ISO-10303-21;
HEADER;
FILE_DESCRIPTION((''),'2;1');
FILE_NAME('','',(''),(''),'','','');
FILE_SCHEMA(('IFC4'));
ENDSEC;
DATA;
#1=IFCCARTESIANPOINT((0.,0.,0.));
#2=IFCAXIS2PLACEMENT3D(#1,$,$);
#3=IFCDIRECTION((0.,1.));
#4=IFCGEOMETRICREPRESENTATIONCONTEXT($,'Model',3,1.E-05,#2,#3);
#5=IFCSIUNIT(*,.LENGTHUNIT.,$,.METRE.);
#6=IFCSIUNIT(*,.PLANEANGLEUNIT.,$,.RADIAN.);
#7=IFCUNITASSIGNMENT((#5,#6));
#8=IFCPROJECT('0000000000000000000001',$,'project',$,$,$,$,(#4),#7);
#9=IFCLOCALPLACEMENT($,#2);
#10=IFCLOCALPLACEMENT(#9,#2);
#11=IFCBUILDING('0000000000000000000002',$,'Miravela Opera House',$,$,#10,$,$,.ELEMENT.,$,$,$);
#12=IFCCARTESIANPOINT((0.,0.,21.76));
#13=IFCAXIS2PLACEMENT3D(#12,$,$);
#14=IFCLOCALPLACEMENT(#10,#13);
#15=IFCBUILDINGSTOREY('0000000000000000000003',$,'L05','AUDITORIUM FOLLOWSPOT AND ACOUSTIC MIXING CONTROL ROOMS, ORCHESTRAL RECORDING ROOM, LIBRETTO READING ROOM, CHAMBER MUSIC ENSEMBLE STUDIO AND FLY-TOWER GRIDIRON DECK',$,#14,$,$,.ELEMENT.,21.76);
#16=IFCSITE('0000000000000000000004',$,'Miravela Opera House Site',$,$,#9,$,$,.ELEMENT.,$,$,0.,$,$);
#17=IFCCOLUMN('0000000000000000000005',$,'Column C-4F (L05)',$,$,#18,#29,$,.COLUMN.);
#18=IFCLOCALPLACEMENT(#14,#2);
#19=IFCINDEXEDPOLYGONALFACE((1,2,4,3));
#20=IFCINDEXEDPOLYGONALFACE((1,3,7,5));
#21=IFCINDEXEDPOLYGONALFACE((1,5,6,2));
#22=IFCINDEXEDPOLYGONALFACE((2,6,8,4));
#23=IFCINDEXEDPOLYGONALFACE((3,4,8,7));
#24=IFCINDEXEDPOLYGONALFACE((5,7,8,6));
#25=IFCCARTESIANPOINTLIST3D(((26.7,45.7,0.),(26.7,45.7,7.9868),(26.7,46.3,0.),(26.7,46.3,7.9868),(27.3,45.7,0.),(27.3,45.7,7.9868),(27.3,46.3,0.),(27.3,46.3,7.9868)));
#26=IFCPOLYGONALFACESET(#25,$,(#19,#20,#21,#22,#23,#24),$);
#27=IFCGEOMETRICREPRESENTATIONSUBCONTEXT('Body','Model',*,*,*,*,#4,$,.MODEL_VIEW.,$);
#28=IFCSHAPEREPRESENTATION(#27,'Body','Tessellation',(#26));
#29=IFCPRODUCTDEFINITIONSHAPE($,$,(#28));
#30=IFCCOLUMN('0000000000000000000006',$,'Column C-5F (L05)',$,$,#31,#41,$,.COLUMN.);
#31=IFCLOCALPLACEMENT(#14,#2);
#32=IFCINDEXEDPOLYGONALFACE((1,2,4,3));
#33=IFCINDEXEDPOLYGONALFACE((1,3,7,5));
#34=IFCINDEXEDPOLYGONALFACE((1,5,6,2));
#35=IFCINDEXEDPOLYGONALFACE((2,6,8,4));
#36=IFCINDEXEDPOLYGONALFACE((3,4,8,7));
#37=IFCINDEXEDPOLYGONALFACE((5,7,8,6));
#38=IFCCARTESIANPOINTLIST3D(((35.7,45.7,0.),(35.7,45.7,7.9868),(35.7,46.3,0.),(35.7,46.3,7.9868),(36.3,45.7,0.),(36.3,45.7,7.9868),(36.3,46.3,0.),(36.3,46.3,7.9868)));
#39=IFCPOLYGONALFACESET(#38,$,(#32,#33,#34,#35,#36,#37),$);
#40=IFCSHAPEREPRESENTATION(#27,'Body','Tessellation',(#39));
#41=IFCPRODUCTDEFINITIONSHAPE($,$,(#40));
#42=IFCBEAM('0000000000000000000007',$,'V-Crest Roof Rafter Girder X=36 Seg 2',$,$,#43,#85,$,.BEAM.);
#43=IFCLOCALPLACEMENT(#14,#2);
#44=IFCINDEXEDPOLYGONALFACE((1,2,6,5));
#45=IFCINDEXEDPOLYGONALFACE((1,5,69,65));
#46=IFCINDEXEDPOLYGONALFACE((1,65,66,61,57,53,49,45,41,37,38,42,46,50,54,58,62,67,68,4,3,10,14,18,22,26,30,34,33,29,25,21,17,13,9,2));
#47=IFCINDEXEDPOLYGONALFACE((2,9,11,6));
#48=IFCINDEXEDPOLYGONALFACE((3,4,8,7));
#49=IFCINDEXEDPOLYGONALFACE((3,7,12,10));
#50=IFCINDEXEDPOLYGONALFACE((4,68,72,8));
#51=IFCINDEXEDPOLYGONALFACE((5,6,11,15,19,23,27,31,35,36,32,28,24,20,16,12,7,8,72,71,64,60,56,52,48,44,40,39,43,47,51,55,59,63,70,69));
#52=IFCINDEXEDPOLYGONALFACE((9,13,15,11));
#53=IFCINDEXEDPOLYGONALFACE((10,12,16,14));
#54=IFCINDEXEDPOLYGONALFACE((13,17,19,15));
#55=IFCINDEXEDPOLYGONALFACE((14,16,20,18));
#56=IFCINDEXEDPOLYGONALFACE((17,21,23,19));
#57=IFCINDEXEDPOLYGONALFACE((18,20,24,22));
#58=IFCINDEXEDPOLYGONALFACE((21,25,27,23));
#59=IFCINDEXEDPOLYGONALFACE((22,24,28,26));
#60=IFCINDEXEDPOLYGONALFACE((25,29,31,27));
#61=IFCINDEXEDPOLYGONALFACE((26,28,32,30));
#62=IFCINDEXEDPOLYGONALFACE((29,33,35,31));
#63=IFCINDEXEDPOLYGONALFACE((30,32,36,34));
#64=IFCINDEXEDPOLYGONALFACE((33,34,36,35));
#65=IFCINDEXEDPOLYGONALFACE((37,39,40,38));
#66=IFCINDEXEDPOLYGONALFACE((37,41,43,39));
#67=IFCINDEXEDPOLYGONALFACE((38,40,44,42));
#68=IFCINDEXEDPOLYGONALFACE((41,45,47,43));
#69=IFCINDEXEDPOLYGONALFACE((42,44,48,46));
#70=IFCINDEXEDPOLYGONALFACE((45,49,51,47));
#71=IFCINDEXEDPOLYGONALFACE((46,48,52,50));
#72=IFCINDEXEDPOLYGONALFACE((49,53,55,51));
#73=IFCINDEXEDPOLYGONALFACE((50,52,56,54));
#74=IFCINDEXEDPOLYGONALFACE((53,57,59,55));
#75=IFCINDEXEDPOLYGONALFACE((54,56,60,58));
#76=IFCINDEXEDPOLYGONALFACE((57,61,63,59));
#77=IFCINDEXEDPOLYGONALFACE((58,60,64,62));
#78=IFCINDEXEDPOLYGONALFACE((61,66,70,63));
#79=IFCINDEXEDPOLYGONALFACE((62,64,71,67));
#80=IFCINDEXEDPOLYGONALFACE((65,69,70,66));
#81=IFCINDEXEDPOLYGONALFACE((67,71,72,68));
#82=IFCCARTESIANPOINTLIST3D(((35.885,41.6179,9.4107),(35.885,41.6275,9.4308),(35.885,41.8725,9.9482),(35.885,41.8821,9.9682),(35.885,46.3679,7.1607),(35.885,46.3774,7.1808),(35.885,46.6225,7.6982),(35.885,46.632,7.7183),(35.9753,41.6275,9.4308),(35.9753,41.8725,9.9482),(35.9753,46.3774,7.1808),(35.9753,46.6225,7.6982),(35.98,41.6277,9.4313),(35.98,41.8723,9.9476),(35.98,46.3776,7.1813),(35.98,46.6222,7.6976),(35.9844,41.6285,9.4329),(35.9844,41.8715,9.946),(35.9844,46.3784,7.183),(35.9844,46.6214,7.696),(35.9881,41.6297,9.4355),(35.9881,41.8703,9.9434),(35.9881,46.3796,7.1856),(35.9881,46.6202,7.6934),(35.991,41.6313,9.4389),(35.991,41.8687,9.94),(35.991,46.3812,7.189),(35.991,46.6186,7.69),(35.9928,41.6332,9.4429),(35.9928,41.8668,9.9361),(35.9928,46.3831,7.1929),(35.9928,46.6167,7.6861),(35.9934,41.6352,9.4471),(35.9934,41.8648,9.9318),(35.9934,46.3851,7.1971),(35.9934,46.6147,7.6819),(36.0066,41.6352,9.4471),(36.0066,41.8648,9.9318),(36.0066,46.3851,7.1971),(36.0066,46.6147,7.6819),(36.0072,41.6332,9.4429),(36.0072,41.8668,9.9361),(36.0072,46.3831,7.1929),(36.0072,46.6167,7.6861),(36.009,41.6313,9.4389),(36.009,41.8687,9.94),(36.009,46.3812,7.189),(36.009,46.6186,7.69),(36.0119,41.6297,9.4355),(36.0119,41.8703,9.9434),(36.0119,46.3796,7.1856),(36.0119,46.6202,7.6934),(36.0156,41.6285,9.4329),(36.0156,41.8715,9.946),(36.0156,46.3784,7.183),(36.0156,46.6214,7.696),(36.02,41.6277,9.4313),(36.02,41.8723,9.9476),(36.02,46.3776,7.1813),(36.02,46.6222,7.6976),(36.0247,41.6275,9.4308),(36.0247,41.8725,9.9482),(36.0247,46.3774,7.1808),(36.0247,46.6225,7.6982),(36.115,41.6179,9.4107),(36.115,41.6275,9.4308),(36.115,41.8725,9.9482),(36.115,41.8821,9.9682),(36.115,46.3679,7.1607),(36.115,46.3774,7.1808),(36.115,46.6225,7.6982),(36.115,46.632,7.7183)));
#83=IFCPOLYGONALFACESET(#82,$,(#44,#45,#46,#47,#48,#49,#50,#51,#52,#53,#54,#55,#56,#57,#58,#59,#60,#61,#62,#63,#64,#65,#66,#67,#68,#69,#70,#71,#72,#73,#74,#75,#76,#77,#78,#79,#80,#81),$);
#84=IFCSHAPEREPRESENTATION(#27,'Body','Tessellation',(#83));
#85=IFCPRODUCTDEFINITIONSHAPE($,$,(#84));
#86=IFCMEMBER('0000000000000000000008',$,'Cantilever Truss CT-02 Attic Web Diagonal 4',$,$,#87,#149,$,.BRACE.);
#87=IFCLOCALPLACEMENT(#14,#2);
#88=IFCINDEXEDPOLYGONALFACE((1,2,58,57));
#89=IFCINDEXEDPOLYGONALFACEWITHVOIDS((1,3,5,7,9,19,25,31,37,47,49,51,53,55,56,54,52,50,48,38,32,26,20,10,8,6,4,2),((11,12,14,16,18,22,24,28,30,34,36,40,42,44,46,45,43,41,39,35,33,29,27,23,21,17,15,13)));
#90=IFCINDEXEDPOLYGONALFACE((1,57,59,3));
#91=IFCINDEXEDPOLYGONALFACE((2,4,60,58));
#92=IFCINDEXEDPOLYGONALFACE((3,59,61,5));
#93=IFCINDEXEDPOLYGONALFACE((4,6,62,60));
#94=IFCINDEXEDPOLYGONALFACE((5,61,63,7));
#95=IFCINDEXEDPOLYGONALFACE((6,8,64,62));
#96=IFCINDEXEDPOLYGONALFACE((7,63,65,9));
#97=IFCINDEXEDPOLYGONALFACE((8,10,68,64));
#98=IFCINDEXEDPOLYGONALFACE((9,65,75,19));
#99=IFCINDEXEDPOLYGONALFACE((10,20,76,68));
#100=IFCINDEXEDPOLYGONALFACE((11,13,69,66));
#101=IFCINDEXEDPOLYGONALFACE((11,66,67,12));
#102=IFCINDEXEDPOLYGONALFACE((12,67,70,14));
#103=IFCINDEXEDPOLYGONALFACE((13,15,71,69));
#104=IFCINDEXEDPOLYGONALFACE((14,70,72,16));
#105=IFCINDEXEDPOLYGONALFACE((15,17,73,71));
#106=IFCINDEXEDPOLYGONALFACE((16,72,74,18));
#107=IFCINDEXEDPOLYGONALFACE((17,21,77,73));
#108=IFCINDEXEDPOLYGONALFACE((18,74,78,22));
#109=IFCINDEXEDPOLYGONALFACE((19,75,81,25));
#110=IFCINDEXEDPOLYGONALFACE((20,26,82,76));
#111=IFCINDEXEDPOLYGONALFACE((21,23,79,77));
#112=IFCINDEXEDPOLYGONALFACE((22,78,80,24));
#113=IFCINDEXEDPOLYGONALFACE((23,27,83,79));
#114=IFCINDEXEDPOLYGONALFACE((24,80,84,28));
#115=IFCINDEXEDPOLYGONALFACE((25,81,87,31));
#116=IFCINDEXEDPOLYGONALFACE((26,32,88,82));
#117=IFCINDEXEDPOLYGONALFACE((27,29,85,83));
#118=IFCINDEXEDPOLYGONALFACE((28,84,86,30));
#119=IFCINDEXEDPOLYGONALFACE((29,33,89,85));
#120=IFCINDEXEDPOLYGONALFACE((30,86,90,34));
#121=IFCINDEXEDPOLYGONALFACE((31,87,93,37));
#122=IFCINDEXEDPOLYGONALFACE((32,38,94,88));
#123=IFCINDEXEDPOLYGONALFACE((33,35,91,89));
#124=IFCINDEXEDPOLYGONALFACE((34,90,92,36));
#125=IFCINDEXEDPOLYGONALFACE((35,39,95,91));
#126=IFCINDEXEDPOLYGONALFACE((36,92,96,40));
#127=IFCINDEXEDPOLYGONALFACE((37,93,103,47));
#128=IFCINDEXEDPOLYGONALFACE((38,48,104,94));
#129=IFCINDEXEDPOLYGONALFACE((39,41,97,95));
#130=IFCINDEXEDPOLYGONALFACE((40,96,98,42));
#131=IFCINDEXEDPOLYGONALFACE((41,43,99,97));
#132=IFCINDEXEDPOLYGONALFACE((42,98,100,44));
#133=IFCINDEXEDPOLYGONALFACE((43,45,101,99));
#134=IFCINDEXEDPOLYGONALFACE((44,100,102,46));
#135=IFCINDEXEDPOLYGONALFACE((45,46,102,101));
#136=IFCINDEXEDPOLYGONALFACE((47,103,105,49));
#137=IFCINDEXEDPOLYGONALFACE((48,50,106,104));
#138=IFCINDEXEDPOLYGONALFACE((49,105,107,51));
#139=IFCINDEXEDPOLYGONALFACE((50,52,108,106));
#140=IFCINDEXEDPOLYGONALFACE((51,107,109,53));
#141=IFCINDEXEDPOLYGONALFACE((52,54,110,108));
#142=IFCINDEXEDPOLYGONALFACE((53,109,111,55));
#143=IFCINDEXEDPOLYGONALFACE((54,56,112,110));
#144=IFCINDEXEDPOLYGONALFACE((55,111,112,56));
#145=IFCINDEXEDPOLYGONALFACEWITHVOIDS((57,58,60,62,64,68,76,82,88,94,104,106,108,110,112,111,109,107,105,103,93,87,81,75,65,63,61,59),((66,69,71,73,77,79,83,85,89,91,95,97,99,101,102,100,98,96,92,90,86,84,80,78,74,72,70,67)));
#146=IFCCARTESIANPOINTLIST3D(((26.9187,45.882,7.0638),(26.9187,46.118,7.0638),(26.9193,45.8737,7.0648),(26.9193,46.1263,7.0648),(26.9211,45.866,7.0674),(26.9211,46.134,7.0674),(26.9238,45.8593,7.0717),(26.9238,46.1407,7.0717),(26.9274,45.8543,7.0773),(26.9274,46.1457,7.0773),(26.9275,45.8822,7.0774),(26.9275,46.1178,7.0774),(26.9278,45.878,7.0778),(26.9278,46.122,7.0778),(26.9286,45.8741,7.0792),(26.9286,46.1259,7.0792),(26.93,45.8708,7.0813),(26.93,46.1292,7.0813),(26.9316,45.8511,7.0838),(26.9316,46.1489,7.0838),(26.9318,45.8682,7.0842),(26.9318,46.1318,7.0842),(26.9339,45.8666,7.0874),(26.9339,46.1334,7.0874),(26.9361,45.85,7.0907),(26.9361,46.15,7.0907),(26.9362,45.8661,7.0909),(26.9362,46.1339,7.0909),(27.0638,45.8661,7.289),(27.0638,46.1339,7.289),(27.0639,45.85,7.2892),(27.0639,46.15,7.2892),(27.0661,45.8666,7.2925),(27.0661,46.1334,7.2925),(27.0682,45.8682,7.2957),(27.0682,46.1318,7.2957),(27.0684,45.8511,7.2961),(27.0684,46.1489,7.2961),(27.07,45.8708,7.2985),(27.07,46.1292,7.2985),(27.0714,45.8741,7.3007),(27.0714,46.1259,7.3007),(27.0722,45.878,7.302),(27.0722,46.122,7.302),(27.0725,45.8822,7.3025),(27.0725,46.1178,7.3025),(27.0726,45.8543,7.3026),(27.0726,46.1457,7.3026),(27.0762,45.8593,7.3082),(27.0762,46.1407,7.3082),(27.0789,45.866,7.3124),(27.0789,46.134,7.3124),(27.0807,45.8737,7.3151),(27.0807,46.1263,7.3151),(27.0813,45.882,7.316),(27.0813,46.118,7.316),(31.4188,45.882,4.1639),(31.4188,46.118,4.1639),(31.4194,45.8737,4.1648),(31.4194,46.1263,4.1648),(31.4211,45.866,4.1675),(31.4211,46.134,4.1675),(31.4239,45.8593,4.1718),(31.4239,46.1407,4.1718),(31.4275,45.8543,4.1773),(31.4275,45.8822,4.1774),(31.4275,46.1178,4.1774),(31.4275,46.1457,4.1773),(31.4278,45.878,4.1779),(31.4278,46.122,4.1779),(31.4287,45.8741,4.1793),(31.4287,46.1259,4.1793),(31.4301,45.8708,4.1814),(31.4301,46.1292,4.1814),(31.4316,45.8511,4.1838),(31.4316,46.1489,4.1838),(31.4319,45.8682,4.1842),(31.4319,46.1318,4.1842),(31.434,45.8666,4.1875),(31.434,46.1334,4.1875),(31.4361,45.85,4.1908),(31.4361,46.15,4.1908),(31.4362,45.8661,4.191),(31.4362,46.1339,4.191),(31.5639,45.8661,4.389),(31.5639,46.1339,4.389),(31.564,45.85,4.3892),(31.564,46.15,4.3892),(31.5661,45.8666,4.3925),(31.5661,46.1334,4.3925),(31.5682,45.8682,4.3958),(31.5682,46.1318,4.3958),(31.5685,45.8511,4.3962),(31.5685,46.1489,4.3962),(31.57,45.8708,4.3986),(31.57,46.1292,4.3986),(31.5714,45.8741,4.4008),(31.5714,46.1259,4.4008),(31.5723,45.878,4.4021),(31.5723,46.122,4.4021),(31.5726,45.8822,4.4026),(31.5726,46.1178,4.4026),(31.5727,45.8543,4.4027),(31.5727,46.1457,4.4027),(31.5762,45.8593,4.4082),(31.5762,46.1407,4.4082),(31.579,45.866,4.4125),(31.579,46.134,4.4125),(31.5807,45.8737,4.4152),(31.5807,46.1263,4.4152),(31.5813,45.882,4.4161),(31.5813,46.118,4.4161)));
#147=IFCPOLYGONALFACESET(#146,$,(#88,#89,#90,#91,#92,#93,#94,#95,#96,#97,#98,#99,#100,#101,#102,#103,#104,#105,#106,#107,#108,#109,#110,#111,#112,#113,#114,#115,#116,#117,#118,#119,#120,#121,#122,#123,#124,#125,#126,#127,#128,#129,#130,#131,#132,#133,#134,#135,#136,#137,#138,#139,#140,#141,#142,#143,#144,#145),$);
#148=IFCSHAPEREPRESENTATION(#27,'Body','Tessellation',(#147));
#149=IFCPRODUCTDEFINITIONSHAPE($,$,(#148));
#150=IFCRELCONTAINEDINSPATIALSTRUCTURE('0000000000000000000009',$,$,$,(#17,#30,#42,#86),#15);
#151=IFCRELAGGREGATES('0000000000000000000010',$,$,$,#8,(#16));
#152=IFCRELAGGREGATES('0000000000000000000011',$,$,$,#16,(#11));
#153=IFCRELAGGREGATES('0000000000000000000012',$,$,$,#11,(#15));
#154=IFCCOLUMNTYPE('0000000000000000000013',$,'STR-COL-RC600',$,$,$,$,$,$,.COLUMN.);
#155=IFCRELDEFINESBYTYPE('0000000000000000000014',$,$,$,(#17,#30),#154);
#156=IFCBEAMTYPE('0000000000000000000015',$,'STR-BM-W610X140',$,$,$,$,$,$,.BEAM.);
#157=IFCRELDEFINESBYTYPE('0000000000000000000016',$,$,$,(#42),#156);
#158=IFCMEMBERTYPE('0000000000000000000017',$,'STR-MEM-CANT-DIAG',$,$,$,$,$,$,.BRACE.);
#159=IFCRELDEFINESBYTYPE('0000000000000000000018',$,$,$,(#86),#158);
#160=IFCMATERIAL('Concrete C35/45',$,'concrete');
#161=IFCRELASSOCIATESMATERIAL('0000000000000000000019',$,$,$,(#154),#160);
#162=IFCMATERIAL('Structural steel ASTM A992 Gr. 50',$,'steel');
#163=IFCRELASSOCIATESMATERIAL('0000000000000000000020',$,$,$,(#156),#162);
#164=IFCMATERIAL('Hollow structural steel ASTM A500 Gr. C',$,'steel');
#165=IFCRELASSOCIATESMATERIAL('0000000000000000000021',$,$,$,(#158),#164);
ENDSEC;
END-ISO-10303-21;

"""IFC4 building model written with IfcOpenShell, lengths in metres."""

from ifc_helpers import new_model, si_unit, direction, frame, origin, origin_2d, place, context, subcontext, project, spatial, rectangle, hollow_rectangle, i_section, extrude, material, material_profile, profile_set, type_object, element, save


model = new_model("IFC4")

# Units and contexts
model_context = context("Model", 3, precision=1e-05, world=origin(), true_north=direction((0.0, 1.0)))
body_context = subcontext(model_context, "Body", "Model", "MODEL_VIEW")
ifc_project = project(units=[si_unit("LENGTHUNIT", "METRE"), si_unit("PLANEANGLEUNIT", "RADIAN")], contexts=[model_context])

# Site, building, storey
site_placement = place(None, origin())
site = spatial("IfcSite", under=ifc_project, at=site_placement, Name="Miravela Opera House Site", CompositionType="ELEMENT", RefElevation=0.0)
building_placement = place(site_placement, origin())
building = spatial("IfcBuilding", under=site, at=building_placement, Name="Miravela Opera House", CompositionType="ELEMENT")
storey_placement = place(building_placement, frame((0.0, 0.0, 21.76)))
storey = spatial("IfcBuildingStorey", under=building, at=storey_placement, Name="L05", Description="AUDITORIUM FOLLOWSPOT AND ACOUSTIC MIXING CONTROL ROOMS, ORCHESTRAL RECORDING ROOM, LIBRETTO READING ROOM, CHAMBER MUSIC ENSEMBLE STUDIO AND FLY-TOWER GRIDIRON DECK", CompositionType="ELEMENT", Elevation=21.76)

# Columns
ifc_material_1 = material(Name="Concrete C35/45", Category="concrete")
ifc_material_profile_1 = material_profile(ifc_material_1, rectangle(XDim=0.6001, YDim=0.6001, at=origin_2d()), Name="RC-COL-600X600")
ifc_profile_set_1 = profile_set([ifc_material_profile_1])
column_type = type_object("IfcColumnType", Name="STR-COL-RC600", PredefinedType="COLUMN", material=ifc_profile_set_1)
for number, where, z_axis, x_axis, name in (
    (1, (27.0, 46.0, 0.0), (0.0, 0.0, 1.0), (1.0, 0.0, 0.0), "Column C-4F (L05)"),
    (2, (36.0, 46.0, 0.0), (0.0, 0.0, 1.0), (1.0, 0.0, 0.0), "Column C-5F (L05)"),
):
    element("IfcColumn", number, at=place(storey_placement, frame(where, z_axis=z_axis, x_axis=x_axis)), inside=storey, type_object=column_type, Name=name, PredefinedType="COLUMN", context=body_context, shape_type="SweptSolid", body=[
        extrude(rectangle(XDim=0.6001, YDim=0.6001, at=origin_2d()), origin(), (0.0, 0.0, 1.0), 7.9868),
    ])

# Beam
ifc_material_2 = material(Name="Structural steel ASTM A992 Gr. 50", Category="steel")
ifc_material_profile_2 = material_profile(ifc_material_2, i_section(OverallWidth=0.23, OverallDepth=0.6169, WebThickness=0.0132, FlangeThickness=0.0222, FilletRadius=0.0181, at=origin_2d()), Name="W610X140")
ifc_profile_set_2 = profile_set([ifc_material_profile_2])
beam_type = type_object("IfcBeamType", Name="STR-BM-W610X140", PredefinedType="BEAM", material=ifc_profile_set_2)
beam_placement = place(storey_placement, frame((36.0, 41.75, 9.6895), z_axis=(0.0, 0.903738, -0.428086), x_axis=(-1.0, 0.0, 0.0)))
element("IfcBeam", 3, at=beam_placement, inside=storey, type_object=beam_type, Name="V-Crest Roof Rafter Girder X=36 Seg 2", PredefinedType="BEAM", context=body_context, shape_type="SweptSolid", body=[
    extrude(i_section(OverallWidth=0.23, OverallDepth=0.6169, WebThickness=0.0132, FlangeThickness=0.0222, FilletRadius=0.0181, at=origin_2d()), origin(), (0.0, 0.0, 1.0), 5.2559),
])

# Member
ifc_material_3 = material(Name="Hollow structural steel ASTM A500 Gr. C", Category="steel")
ifc_material_profile_3 = material_profile(ifc_material_3, hollow_rectangle(XDim=0.3, YDim=0.3, WallThickness=0.0161, InnerFilletRadius=0.0161, OuterFilletRadius=0.032, at=origin_2d()), Name="HSS300X300X16")
ifc_profile_set_3 = profile_set([ifc_material_profile_3])
member_type_1 = type_object("IfcMemberType", Name="STR-MEM-CANT-DIAG", PredefinedType="BRACE", material=ifc_profile_set_3)
for number, where, z_axis, x_axis, name in (
    (4, (27.0, 46.0, 7.1899), (0.840579, 0.0, -0.541688), (0.0, 1.0, 0.0), "Cantilever Truss CT-02 Attic Web Diagonal 4"),
):
    element("IfcMember", number, at=place(storey_placement, frame(where, z_axis=z_axis, x_axis=x_axis)), inside=storey, type_object=member_type_1, Name=name, PredefinedType="BRACE", context=body_context, shape_type="SweptSolid", body=[
        extrude(hollow_rectangle(XDim=0.3, YDim=0.3, WallThickness=0.0161, InnerFilletRadius=0.0161, OuterFilletRadius=0.032, at=origin_2d()), origin(), (0.0, 0.0, 1.0), 5.3535),
    ])

save(model, "model.ifc")
